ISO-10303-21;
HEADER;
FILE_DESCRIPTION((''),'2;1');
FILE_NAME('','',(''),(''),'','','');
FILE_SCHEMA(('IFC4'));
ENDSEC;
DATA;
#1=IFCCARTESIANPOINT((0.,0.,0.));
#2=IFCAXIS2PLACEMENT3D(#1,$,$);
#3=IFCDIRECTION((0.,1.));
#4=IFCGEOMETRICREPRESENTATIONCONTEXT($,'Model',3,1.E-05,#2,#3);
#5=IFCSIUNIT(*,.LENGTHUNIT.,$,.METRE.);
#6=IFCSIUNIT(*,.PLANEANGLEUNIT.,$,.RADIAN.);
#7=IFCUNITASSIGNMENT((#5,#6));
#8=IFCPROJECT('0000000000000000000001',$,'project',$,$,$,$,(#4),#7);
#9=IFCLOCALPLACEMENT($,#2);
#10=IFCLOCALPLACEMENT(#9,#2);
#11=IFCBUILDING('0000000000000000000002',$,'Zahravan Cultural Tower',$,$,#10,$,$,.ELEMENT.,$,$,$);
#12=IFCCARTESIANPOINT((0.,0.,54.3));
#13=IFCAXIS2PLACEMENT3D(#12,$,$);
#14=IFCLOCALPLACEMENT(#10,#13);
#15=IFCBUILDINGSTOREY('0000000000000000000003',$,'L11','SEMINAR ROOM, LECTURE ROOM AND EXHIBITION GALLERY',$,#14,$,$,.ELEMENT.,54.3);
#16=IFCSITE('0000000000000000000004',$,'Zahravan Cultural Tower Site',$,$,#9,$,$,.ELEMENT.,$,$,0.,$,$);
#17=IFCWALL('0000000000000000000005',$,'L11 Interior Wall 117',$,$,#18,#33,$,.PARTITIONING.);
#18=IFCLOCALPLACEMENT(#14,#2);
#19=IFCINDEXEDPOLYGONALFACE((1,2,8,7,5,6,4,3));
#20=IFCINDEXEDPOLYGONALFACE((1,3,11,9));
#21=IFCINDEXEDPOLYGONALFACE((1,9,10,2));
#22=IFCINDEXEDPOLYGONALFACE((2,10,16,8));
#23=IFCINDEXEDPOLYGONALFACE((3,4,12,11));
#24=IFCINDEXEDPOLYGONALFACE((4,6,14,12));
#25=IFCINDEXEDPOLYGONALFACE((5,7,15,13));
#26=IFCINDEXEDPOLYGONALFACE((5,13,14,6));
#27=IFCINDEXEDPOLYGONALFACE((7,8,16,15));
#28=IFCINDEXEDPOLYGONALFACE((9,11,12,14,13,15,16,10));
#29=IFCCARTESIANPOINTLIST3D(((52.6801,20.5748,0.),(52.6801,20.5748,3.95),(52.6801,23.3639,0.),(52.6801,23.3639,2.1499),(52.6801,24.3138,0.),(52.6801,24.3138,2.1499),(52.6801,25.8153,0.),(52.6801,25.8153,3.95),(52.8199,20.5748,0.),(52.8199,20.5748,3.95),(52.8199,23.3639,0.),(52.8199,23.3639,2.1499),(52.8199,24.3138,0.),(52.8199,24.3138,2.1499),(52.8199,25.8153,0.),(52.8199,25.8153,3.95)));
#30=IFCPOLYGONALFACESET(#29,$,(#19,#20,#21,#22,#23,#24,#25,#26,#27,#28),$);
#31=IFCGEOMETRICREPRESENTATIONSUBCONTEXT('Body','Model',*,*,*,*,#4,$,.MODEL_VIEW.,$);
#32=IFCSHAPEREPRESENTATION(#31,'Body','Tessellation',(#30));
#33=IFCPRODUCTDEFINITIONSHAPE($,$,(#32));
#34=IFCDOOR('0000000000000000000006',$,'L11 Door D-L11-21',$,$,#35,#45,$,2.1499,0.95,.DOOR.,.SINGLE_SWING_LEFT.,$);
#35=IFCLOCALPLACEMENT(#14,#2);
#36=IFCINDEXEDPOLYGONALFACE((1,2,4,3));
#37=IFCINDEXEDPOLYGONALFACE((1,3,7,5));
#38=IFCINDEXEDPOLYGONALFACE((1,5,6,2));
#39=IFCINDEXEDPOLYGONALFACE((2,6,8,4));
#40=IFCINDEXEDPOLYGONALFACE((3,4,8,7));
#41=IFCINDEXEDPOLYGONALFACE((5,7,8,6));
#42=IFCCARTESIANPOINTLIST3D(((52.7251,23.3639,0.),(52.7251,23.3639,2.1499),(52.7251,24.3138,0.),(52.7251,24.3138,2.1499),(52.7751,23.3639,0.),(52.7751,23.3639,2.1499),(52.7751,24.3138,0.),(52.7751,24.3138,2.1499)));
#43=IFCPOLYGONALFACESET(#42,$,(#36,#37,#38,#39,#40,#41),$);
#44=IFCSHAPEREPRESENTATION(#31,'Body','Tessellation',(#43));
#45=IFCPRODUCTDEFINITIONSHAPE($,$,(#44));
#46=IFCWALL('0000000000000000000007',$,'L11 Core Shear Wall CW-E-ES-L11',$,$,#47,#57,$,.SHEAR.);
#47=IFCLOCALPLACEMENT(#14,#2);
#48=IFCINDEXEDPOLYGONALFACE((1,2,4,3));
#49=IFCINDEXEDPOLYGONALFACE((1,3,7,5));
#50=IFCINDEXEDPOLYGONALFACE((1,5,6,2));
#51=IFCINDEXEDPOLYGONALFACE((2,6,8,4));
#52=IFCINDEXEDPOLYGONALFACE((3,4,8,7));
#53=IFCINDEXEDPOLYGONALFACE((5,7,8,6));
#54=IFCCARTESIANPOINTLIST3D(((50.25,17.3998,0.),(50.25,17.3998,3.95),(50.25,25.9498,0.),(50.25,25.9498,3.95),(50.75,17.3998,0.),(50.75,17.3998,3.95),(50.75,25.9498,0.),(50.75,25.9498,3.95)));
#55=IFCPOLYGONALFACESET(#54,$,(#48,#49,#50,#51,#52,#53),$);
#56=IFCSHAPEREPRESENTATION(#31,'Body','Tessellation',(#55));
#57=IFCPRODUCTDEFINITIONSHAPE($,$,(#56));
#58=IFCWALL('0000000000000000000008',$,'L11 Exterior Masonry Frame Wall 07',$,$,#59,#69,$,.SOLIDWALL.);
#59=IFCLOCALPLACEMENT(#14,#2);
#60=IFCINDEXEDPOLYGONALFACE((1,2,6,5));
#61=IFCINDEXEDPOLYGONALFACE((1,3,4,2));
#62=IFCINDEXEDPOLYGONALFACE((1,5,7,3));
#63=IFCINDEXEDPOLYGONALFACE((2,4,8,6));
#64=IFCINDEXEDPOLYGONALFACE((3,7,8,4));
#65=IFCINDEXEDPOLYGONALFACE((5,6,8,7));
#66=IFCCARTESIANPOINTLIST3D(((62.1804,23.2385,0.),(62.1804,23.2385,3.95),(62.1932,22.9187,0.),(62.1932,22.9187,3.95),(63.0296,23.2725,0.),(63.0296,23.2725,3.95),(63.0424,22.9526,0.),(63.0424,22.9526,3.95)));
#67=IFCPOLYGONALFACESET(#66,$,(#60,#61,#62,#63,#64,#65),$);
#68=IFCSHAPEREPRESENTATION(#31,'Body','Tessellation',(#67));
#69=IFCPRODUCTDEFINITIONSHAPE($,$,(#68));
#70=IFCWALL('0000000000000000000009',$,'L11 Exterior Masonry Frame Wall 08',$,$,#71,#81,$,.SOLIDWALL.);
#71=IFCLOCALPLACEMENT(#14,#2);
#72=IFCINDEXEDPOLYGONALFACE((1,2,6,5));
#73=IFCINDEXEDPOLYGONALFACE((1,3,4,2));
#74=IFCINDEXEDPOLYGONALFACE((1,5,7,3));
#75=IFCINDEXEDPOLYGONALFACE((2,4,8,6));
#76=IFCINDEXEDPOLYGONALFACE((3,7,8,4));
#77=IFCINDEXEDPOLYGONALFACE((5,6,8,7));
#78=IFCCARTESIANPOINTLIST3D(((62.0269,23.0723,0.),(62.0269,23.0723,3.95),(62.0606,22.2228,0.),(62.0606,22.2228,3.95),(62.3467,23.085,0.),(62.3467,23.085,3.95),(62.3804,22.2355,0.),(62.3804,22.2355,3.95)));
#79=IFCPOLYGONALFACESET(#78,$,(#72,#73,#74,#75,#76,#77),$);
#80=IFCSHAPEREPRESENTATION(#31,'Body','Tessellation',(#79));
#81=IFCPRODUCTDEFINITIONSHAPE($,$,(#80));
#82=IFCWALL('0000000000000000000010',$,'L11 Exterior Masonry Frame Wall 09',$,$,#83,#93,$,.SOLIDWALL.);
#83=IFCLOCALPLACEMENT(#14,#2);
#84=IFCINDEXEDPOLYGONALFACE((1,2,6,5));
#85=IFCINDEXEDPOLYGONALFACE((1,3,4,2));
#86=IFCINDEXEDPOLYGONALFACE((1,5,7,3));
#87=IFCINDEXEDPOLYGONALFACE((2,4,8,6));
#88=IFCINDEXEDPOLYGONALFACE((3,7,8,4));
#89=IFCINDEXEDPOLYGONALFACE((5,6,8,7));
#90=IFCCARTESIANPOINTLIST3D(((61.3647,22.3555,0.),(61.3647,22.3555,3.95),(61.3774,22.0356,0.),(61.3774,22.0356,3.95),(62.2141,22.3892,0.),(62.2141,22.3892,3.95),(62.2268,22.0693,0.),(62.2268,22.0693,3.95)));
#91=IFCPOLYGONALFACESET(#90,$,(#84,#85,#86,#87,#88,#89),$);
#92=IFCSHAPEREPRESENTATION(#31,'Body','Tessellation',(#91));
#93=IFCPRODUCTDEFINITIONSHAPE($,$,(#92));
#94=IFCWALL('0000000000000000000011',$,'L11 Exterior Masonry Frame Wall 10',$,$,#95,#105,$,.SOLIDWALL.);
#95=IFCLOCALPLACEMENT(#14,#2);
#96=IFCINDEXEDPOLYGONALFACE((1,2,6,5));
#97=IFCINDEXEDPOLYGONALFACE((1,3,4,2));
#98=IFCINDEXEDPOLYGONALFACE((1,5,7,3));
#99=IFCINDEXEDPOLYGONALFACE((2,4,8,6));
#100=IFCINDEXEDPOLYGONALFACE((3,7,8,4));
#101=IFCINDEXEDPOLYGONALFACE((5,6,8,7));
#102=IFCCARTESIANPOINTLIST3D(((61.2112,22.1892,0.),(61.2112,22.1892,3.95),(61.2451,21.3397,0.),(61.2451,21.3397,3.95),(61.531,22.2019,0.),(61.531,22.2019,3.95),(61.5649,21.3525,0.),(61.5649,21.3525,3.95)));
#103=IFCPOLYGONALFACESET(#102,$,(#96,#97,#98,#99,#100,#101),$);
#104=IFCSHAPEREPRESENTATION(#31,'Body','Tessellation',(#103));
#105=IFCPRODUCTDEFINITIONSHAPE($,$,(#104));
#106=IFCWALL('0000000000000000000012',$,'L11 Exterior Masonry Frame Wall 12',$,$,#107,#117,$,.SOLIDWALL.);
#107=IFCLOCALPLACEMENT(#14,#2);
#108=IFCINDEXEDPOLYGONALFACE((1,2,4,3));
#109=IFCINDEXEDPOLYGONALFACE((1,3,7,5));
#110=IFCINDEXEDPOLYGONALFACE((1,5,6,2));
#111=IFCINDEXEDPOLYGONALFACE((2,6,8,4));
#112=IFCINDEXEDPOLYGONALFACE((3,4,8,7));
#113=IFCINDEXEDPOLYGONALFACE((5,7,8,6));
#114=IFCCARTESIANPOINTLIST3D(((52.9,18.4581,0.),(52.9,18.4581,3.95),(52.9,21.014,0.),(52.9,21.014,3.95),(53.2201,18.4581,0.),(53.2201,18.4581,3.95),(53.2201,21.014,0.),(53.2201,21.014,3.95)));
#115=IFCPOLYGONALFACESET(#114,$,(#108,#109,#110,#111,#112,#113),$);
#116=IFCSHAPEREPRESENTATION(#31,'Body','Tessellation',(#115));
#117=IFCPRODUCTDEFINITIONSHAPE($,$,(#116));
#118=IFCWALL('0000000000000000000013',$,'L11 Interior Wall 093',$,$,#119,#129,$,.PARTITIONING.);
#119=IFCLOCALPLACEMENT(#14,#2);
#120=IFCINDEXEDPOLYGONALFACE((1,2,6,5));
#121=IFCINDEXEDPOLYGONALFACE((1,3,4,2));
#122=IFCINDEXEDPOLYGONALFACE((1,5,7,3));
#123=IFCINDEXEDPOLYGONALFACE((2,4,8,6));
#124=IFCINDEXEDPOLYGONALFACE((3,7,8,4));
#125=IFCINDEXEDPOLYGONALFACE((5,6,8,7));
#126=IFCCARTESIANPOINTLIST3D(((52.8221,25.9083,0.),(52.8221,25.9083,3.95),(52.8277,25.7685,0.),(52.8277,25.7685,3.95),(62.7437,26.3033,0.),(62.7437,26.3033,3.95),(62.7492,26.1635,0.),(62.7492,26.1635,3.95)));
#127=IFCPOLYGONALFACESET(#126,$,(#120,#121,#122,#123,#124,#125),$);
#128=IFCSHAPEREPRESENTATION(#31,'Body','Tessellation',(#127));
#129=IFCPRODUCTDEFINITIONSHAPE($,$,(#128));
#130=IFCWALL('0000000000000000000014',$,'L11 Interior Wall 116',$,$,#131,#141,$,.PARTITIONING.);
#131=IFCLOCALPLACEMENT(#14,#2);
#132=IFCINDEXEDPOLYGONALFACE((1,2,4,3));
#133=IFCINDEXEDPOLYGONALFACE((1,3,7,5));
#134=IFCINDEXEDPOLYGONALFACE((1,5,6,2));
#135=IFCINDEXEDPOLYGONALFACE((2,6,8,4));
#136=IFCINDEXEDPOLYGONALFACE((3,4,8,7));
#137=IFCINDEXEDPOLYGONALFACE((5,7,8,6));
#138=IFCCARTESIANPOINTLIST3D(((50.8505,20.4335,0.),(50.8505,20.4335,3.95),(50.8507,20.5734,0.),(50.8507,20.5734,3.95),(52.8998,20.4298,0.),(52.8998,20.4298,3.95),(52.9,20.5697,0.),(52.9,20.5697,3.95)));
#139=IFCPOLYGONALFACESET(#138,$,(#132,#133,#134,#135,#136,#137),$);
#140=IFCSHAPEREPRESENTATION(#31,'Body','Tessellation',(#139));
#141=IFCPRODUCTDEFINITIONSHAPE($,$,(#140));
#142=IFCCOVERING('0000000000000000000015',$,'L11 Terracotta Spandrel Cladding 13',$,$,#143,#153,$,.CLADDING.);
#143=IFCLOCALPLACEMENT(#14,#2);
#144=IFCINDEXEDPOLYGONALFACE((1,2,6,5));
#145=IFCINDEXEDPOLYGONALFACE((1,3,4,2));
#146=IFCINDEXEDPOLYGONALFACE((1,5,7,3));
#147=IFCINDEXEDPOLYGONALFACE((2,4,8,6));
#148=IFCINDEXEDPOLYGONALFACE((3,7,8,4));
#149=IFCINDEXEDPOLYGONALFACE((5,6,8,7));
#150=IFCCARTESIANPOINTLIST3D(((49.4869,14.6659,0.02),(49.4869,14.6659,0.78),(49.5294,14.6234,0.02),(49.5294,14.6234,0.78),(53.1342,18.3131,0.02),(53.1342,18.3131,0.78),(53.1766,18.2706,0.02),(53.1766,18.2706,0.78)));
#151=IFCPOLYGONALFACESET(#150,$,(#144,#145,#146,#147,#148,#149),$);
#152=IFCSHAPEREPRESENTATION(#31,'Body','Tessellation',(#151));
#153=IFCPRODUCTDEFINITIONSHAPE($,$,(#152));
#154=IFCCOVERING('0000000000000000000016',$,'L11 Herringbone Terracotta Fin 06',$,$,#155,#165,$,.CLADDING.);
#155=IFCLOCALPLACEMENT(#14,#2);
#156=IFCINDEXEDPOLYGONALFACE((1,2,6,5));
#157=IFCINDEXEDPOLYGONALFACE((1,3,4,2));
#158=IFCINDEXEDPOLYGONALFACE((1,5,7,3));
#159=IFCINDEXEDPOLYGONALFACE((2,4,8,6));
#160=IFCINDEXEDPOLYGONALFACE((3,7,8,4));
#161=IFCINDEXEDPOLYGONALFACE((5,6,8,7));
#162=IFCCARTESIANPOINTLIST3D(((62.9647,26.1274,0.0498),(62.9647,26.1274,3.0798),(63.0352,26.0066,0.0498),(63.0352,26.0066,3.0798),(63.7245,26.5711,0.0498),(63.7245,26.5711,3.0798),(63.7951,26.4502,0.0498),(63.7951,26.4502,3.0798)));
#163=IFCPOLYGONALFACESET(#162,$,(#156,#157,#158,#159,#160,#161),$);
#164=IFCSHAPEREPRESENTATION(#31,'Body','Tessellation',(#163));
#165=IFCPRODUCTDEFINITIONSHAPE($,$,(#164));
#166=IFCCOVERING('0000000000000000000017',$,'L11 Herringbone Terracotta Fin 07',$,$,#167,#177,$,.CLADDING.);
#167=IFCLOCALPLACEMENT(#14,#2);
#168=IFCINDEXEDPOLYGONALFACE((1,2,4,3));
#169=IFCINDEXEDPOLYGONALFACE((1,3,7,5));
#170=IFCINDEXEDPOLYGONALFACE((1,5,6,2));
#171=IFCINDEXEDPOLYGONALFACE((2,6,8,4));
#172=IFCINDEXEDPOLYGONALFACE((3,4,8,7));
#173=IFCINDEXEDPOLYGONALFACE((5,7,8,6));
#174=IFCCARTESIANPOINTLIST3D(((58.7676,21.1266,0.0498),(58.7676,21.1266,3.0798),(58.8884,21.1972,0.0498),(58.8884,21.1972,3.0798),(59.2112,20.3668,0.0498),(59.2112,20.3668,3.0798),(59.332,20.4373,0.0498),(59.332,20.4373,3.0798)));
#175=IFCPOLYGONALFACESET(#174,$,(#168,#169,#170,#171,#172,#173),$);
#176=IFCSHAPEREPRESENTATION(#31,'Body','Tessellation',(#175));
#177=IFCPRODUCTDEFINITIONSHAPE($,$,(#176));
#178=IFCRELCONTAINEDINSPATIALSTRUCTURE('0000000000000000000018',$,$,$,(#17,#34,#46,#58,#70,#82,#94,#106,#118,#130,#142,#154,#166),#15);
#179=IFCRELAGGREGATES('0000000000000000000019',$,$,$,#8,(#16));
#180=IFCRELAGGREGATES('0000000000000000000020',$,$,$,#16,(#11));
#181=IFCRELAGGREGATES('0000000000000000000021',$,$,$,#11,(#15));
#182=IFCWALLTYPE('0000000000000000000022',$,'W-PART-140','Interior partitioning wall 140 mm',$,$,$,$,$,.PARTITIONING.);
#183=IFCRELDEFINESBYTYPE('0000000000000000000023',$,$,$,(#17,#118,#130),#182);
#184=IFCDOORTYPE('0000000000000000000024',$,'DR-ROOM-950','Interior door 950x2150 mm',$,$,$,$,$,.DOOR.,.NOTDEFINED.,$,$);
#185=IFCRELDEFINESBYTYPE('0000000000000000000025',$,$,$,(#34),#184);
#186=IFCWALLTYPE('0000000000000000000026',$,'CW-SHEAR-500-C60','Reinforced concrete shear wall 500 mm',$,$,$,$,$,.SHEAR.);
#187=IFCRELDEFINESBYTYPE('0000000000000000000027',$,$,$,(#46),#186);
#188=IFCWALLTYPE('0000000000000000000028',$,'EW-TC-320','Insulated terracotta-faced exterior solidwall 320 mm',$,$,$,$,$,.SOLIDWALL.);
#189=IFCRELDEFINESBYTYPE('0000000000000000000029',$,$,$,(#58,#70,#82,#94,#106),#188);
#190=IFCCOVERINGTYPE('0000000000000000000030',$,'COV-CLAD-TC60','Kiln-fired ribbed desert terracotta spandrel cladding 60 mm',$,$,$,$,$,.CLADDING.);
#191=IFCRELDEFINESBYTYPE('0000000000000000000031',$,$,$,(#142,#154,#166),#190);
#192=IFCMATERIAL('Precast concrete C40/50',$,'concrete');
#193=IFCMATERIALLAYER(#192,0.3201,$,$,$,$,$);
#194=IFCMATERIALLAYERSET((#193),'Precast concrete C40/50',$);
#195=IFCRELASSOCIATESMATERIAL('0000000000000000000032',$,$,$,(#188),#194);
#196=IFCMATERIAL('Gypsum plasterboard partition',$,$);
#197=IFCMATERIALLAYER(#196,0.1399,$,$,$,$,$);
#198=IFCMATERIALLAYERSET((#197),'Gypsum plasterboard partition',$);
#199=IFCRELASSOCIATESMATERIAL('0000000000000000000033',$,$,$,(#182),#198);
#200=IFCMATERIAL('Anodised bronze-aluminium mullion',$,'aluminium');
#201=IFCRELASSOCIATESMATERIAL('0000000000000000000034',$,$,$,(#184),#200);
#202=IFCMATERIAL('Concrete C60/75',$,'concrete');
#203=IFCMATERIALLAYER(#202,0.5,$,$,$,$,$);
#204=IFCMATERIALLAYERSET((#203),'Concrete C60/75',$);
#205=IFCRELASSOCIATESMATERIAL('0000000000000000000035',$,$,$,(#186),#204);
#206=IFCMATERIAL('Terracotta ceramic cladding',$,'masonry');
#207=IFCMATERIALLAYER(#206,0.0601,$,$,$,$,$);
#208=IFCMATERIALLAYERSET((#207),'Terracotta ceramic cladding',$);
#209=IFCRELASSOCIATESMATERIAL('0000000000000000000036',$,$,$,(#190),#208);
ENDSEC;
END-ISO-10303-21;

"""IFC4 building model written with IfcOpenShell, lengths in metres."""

from ifc_helpers import new_model, si_unit, direction, frame, frame_2d, origin, origin_2d, place, context, subcontext, project, spatial, rectangle, extrude, source, transform, mapped, material, layer, layer_set, type_object, element, fill, save


model = new_model("IFC4")

# Units and contexts
model_context = context("Model", 3, precision=1e-05, world=origin(), true_north=direction((0.0, 1.0)))
body_context = subcontext(model_context, "Body", "Model", "MODEL_VIEW")
ifc_project = project(units=[si_unit("LENGTHUNIT", "METRE"), si_unit("PLANEANGLEUNIT", "RADIAN")], contexts=[model_context])

# Site, building, storey
site_placement = place(None, origin())
site = spatial("IfcSite", under=ifc_project, at=site_placement, Name="Zahravan Cultural Tower Site", CompositionType="ELEMENT", RefElevation=0.0)
building_placement = place(site_placement, origin())
building = spatial("IfcBuilding", under=site, at=building_placement, Name="Zahravan Cultural Tower", CompositionType="ELEMENT")
storey_placement = place(building_placement, frame((0.0, 0.0, 54.3)))
storey = spatial("IfcBuildingStorey", under=building, at=storey_placement, Name="L11", Description="SEMINAR ROOM, LECTURE ROOM AND EXHIBITION GALLERY", CompositionType="ELEMENT", Elevation=54.3)

# Shared definitions
ifc_material_1 = material(Name="Precast concrete C40/50", Category="concrete")
ifc_layer_1 = layer(ifc_material_1, 0.3201)
ifc_layer_set_1 = layer_set([ifc_layer_1], Name="Precast concrete C40/50")
wall_type_1 = type_object("IfcWallType", Name="EW-TC-320", Description="Insulated terracotta-faced exterior solidwall 320 mm", PredefinedType="SOLIDWALL", material=ifc_layer_set_1)

# Wall, opening, door
ifc_material_2 = material(Name="Gypsum plasterboard partition")
ifc_layer_2 = layer(ifc_material_2, 0.1399)
ifc_layer_set_2 = layer_set([ifc_layer_2], Name="Gypsum plasterboard partition")
wall_type_2 = type_object("IfcWallType", Name="W-PART-140", Description="Interior partitioning wall 140 mm", PredefinedType="PARTITIONING", material=ifc_layer_set_2)
ifc_material_3 = material(Name="Anodised bronze-aluminium mullion", Category="aluminium")
door_type = type_object("IfcDoorType", Name="DR-ROOM-950", Description="Interior door 950x2150 mm", OperationType="NOTDEFINED", PredefinedType="DOOR", material=ifc_material_3)
shared_shape_1 = source(origin(), body_context, "Body", "SweptSolid", [
    extrude(rectangle(XDim=0.95, YDim=2.1499, at=frame_2d((0.4751, 1.075))), frame((0.0, 0.0249, 0.0), z_axis=(0.0, -1.0, 0.0), x_axis=(1.0, 0.0, 0.0)), (0.0, 0.0, 1.0), 0.05),
])
wall_1_placement = place(storey_placement, frame((52.75, 20.575, 0.0), z_axis=(0.0, 0.0, 1.0), x_axis=(0.0, 1.0, 0.0)))
wall_1 = element("IfcWall", 1, at=wall_1_placement, inside=storey, type_object=wall_type_2, Name="L11 Interior Wall 117", PredefinedType="PARTITIONING", context=body_context, shape_type="SweptSolid", body=[
    extrude(rectangle(XDim=5.2405, YDim=0.1399, at=frame_2d((2.6201, 0.0))), origin(), (0.0, 0.0, 1.0), 3.95),
])
opening_1_placement = place(wall_1_placement, frame((2.7888, 0.0, 0.0)))
opening_1 = element("IfcOpeningElement", 2, at=opening_1_placement, cuts=wall_1, PredefinedType="OPENING", context=body_context, shape_type="SweptSolid", body=[
    extrude(rectangle(XDim=0.95, YDim=2.1499, at=frame_2d((0.4751, 1.075))), frame((0.0, 0.0798, 0.0), z_axis=(0.0, -1.0, 0.0), x_axis=(1.0, 0.0, 0.0)), (0.0, 0.0, 1.0), 0.1599),
])
door_1_placement = place(opening_1_placement, origin())
door_1 = element("IfcDoor", 3, at=door_1_placement, inside=storey, type_object=door_type, Name="L11 Door D-L11-21", OperationType="SINGLE_SWING_LEFT", OverallHeight=2.1499, OverallWidth=0.95, PredefinedType="DOOR", context=body_context, shape_type="MappedRepresentation", body=[
    mapped(shared_shape_1, transform((0.0, 0.0, 0.0), x_axis=(1.0, 0.0, 0.0), y_axis=(0.0, 1.0, 0.0), z_axis=(0.0, 0.0, 1.0), scale=1.0)),
])
fill(opening_1, door_1)

# Walls
ifc_material_4 = material(Name="Concrete C60/75", Category="concrete")
ifc_layer_3 = layer(ifc_material_4, 0.5)
ifc_layer_set_3 = layer_set([ifc_layer_3], Name="Concrete C60/75")
wall_type_3 = type_object("IfcWallType", Name="CW-SHEAR-500-C60", Description="Reinforced concrete shear wall 500 mm", PredefinedType="SHEAR", material=ifc_layer_set_3)
shared_shape_2 = source(origin(), body_context, "Body", "SweptSolid", [
    extrude(rectangle(XDim=8.55, YDim=0.5, at=frame_2d((4.2749, 0.0))), origin(), (0.0, 0.0, 1.0), 3.95),
])
wall_2_placement = place(storey_placement, frame((50.5, 17.3999, 0.0), z_axis=(0.0, 0.0, 1.0), x_axis=(0.0, 1.0, 0.0)))
element("IfcWall", 4, at=wall_2_placement, inside=storey, type_object=wall_type_3, Name="L11 Core Shear Wall CW-E-ES-L11", PredefinedType="SHEAR", context=body_context, shape_type="MappedRepresentation", body=[
    mapped(shared_shape_2, transform((0.0, 0.0, 0.0), x_axis=(1.0, 0.0, 0.0), y_axis=(0.0, 1.0, 0.0), z_axis=(0.0, 0.0, 1.0), scale=1.0)),
])
shared_shape_3 = source(origin(), body_context, "Body", "SweptSolid", [
    extrude(rectangle(XDim=0.8499, YDim=0.3201, at=frame_2d((0.4248, 0.0))), origin(), (0.0, 0.0, 1.0), 3.95),
])
wall_3_placement = place(storey_placement, frame((63.0359, 23.1125, 0.0), z_axis=(0.0, 0.0, 1.0), x_axis=(-0.999202, -0.039934, 0.0)))
element("IfcWall", 5, at=wall_3_placement, inside=storey, type_object=wall_type_1, Name="L11 Exterior Masonry Frame Wall 07", PredefinedType="SOLIDWALL", context=body_context, shape_type="MappedRepresentation", body=[
    mapped(shared_shape_3, transform((0.0, 0.0, 0.0), x_axis=(1.0, 0.0, 0.0), y_axis=(0.0, 1.0, 0.0), z_axis=(0.0, 0.0, 1.0), scale=1.0)),
])
shared_shape_4 = source(origin(), body_context, "Body", "SweptSolid", [
    extrude(rectangle(XDim=0.8501, YDim=0.3201, at=frame_2d((0.425, 0.0))), origin(), (0.0, 0.0, 1.0), 3.95),
])
for number, where, z_axis, x_axis, name in (
    (6, (62.1868, 23.0786, 0.0), (0.0, 0.0, 1.0), (0.039635, -0.999214, 0.0), "L11 Exterior Masonry Frame Wall 08"),
    (7, (62.2205, 22.2292, 0.0), (0.0, 0.0, 1.0), (-0.999214, -0.039635, 0.0), "L11 Exterior Masonry Frame Wall 09"),
    (8, (61.3711, 22.1956, 0.0), (0.0, 0.0, 1.0), (0.039922, -0.999203, 0.0), "L11 Exterior Masonry Frame Wall 10"),
):
    element("IfcWall", number, at=place(storey_placement, frame(where, z_axis=z_axis, x_axis=x_axis)), inside=storey, type_object=wall_type_1, Name=name, PredefinedType="SOLIDWALL", context=body_context, shape_type="MappedRepresentation", body=[
        mapped(shared_shape_4, transform((0.0, 0.0, 0.0), x_axis=(1.0, 0.0, 0.0), y_axis=(0.0, 1.0, 0.0), z_axis=(0.0, 0.0, 1.0), scale=1.0)),
    ])
shared_shape_5 = source(origin(), body_context, "Body", "SweptSolid", [
    extrude(rectangle(XDim=2.5559, YDim=0.3201, at=frame_2d((1.2778, 0.0))), origin(), (0.0, 0.0, 1.0), 3.95),
])
wall_4_placement = place(storey_placement, frame((53.0601, 21.0139, 0.0), z_axis=(0.0, 0.0, 1.0), x_axis=(0.0, -1.0, 0.0)))
element("IfcWall", 9, at=wall_4_placement, inside=storey, type_object=wall_type_1, Name="L11 Exterior Masonry Frame Wall 12", PredefinedType="SOLIDWALL", context=body_context, shape_type="MappedRepresentation", body=[
    mapped(shared_shape_5, transform((0.0, 0.0, 0.0), x_axis=(1.0, 0.0, 0.0), y_axis=(0.0, 1.0, 0.0), z_axis=(0.0, 0.0, 1.0), scale=1.0)),
])
shared_shape_6 = source(origin(), body_context, "Body", "SweptSolid", [
    extrude(rectangle(XDim=9.9294, YDim=0.1399, at=frame_2d((4.9648, 0.0))), origin(), (0.0, 0.0, 1.0), 3.95),
])
wall_5_placement = place(storey_placement, frame((62.7466, 26.2334, 0.0), z_axis=(0.0, 0.0, 1.0), x_axis=(-0.999208, -0.039782, 0.0)))
element("IfcWall", 10, at=wall_5_placement, inside=storey, type_object=wall_type_2, Name="L11 Interior Wall 093", PredefinedType="PARTITIONING", context=body_context, shape_type="MappedRepresentation", body=[
    mapped(shared_shape_6, transform((0.0, 0.0, 0.0), x_axis=(1.0, 0.0, 0.0), y_axis=(0.0, 1.0, 0.0), z_axis=(0.0, 0.0, 1.0), scale=1.0)),
])
shared_shape_7 = source(origin(), body_context, "Body", "SweptSolid", [
    extrude(rectangle(XDim=2.0493, YDim=0.1399, at=frame_2d((1.0247, 0.0))), origin(), (0.0, 0.0, 1.0), 3.95),
])
wall_6_placement = place(storey_placement, frame((50.8506, 20.5034, 0.0), z_axis=(0.0, 0.0, 1.0), x_axis=(0.999998, -0.001787, 0.0)))
element("IfcWall", 11, at=wall_6_placement, inside=storey, type_object=wall_type_2, Name="L11 Interior Wall 116", PredefinedType="PARTITIONING", context=body_context, shape_type="MappedRepresentation", body=[
    mapped(shared_shape_7, transform((0.0, 0.0, 0.0), x_axis=(1.0, 0.0, 0.0), y_axis=(0.0, 1.0, 0.0), z_axis=(0.0, 0.0, 1.0), scale=1.0)),
])

# Coverings
ifc_material_5 = material(Name="Terracotta ceramic cladding", Category="masonry")
ifc_layer_4 = layer(ifc_material_5, 0.0601)
ifc_layer_set_4 = layer_set([ifc_layer_4], Name="Terracotta ceramic cladding")
covering_type = type_object("IfcCoveringType", Name="COV-CLAD-TC60", Description="Kiln-fired ribbed desert terracotta spandrel cladding 60 mm", PredefinedType="CLADDING", material=ifc_layer_set_4)
shared_shape_8 = source(origin(), body_context, "Body", "SweptSolid", [
    extrude(rectangle(XDim=5.158, YDim=0.0601, at=origin_2d()), origin(), (0.0, 0.0, 1.0), 0.76),
])
covering_1_placement = place(storey_placement, frame((51.3318, 16.4683, 0.02), z_axis=(0.0, 0.0, 1.0), x_axis=(-0.707107, -0.707107, 0.0)))
element("IfcCovering", 12, at=covering_1_placement, inside=storey, type_object=covering_type, Name="L11 Terracotta Spandrel Cladding 13", PredefinedType="CLADDING", context=body_context, shape_type="MappedRepresentation", body=[
    mapped(shared_shape_8, transform((0.0, 0.0, 0.0), x_axis=(1.0, 0.0, 0.0), y_axis=(0.0, 1.0, 0.0), z_axis=(0.0, 0.0, 1.0), scale=1.0)),
])
shared_shape_9 = source(origin(), body_context, "Body", "SweptSolid", [
    extrude(rectangle(XDim=0.8799, YDim=0.1399, at=origin_2d()), origin(), (0.0, 0.0, 1.0), 3.03),
])
for number, where, z_axis, x_axis, name in (
    (13, (63.3799, 26.2888, 0.0498), (0.0, 0.0, 1.0), (0.863572, 0.504226, 0.0), "L11 Herringbone Terracotta Fin 06"),
    (14, (59.0498, 20.782, 0.0498), (0.0, 0.0, 1.0), (0.504226, -0.863572, 0.0), "L11 Herringbone Terracotta Fin 07"),
):
    element("IfcCovering", number, at=place(storey_placement, frame(where, z_axis=z_axis, x_axis=x_axis)), inside=storey, type_object=covering_type, Name=name, PredefinedType="CLADDING", context=body_context, shape_type="MappedRepresentation", body=[
        mapped(shared_shape_9, transform((0.0, 0.0, 0.0), x_axis=(1.0, 0.0, 0.0), y_axis=(0.0, 1.0, 0.0), z_axis=(0.0, 0.0, 1.0), scale=1.0)),
    ])

save(model, "model.ifc")
